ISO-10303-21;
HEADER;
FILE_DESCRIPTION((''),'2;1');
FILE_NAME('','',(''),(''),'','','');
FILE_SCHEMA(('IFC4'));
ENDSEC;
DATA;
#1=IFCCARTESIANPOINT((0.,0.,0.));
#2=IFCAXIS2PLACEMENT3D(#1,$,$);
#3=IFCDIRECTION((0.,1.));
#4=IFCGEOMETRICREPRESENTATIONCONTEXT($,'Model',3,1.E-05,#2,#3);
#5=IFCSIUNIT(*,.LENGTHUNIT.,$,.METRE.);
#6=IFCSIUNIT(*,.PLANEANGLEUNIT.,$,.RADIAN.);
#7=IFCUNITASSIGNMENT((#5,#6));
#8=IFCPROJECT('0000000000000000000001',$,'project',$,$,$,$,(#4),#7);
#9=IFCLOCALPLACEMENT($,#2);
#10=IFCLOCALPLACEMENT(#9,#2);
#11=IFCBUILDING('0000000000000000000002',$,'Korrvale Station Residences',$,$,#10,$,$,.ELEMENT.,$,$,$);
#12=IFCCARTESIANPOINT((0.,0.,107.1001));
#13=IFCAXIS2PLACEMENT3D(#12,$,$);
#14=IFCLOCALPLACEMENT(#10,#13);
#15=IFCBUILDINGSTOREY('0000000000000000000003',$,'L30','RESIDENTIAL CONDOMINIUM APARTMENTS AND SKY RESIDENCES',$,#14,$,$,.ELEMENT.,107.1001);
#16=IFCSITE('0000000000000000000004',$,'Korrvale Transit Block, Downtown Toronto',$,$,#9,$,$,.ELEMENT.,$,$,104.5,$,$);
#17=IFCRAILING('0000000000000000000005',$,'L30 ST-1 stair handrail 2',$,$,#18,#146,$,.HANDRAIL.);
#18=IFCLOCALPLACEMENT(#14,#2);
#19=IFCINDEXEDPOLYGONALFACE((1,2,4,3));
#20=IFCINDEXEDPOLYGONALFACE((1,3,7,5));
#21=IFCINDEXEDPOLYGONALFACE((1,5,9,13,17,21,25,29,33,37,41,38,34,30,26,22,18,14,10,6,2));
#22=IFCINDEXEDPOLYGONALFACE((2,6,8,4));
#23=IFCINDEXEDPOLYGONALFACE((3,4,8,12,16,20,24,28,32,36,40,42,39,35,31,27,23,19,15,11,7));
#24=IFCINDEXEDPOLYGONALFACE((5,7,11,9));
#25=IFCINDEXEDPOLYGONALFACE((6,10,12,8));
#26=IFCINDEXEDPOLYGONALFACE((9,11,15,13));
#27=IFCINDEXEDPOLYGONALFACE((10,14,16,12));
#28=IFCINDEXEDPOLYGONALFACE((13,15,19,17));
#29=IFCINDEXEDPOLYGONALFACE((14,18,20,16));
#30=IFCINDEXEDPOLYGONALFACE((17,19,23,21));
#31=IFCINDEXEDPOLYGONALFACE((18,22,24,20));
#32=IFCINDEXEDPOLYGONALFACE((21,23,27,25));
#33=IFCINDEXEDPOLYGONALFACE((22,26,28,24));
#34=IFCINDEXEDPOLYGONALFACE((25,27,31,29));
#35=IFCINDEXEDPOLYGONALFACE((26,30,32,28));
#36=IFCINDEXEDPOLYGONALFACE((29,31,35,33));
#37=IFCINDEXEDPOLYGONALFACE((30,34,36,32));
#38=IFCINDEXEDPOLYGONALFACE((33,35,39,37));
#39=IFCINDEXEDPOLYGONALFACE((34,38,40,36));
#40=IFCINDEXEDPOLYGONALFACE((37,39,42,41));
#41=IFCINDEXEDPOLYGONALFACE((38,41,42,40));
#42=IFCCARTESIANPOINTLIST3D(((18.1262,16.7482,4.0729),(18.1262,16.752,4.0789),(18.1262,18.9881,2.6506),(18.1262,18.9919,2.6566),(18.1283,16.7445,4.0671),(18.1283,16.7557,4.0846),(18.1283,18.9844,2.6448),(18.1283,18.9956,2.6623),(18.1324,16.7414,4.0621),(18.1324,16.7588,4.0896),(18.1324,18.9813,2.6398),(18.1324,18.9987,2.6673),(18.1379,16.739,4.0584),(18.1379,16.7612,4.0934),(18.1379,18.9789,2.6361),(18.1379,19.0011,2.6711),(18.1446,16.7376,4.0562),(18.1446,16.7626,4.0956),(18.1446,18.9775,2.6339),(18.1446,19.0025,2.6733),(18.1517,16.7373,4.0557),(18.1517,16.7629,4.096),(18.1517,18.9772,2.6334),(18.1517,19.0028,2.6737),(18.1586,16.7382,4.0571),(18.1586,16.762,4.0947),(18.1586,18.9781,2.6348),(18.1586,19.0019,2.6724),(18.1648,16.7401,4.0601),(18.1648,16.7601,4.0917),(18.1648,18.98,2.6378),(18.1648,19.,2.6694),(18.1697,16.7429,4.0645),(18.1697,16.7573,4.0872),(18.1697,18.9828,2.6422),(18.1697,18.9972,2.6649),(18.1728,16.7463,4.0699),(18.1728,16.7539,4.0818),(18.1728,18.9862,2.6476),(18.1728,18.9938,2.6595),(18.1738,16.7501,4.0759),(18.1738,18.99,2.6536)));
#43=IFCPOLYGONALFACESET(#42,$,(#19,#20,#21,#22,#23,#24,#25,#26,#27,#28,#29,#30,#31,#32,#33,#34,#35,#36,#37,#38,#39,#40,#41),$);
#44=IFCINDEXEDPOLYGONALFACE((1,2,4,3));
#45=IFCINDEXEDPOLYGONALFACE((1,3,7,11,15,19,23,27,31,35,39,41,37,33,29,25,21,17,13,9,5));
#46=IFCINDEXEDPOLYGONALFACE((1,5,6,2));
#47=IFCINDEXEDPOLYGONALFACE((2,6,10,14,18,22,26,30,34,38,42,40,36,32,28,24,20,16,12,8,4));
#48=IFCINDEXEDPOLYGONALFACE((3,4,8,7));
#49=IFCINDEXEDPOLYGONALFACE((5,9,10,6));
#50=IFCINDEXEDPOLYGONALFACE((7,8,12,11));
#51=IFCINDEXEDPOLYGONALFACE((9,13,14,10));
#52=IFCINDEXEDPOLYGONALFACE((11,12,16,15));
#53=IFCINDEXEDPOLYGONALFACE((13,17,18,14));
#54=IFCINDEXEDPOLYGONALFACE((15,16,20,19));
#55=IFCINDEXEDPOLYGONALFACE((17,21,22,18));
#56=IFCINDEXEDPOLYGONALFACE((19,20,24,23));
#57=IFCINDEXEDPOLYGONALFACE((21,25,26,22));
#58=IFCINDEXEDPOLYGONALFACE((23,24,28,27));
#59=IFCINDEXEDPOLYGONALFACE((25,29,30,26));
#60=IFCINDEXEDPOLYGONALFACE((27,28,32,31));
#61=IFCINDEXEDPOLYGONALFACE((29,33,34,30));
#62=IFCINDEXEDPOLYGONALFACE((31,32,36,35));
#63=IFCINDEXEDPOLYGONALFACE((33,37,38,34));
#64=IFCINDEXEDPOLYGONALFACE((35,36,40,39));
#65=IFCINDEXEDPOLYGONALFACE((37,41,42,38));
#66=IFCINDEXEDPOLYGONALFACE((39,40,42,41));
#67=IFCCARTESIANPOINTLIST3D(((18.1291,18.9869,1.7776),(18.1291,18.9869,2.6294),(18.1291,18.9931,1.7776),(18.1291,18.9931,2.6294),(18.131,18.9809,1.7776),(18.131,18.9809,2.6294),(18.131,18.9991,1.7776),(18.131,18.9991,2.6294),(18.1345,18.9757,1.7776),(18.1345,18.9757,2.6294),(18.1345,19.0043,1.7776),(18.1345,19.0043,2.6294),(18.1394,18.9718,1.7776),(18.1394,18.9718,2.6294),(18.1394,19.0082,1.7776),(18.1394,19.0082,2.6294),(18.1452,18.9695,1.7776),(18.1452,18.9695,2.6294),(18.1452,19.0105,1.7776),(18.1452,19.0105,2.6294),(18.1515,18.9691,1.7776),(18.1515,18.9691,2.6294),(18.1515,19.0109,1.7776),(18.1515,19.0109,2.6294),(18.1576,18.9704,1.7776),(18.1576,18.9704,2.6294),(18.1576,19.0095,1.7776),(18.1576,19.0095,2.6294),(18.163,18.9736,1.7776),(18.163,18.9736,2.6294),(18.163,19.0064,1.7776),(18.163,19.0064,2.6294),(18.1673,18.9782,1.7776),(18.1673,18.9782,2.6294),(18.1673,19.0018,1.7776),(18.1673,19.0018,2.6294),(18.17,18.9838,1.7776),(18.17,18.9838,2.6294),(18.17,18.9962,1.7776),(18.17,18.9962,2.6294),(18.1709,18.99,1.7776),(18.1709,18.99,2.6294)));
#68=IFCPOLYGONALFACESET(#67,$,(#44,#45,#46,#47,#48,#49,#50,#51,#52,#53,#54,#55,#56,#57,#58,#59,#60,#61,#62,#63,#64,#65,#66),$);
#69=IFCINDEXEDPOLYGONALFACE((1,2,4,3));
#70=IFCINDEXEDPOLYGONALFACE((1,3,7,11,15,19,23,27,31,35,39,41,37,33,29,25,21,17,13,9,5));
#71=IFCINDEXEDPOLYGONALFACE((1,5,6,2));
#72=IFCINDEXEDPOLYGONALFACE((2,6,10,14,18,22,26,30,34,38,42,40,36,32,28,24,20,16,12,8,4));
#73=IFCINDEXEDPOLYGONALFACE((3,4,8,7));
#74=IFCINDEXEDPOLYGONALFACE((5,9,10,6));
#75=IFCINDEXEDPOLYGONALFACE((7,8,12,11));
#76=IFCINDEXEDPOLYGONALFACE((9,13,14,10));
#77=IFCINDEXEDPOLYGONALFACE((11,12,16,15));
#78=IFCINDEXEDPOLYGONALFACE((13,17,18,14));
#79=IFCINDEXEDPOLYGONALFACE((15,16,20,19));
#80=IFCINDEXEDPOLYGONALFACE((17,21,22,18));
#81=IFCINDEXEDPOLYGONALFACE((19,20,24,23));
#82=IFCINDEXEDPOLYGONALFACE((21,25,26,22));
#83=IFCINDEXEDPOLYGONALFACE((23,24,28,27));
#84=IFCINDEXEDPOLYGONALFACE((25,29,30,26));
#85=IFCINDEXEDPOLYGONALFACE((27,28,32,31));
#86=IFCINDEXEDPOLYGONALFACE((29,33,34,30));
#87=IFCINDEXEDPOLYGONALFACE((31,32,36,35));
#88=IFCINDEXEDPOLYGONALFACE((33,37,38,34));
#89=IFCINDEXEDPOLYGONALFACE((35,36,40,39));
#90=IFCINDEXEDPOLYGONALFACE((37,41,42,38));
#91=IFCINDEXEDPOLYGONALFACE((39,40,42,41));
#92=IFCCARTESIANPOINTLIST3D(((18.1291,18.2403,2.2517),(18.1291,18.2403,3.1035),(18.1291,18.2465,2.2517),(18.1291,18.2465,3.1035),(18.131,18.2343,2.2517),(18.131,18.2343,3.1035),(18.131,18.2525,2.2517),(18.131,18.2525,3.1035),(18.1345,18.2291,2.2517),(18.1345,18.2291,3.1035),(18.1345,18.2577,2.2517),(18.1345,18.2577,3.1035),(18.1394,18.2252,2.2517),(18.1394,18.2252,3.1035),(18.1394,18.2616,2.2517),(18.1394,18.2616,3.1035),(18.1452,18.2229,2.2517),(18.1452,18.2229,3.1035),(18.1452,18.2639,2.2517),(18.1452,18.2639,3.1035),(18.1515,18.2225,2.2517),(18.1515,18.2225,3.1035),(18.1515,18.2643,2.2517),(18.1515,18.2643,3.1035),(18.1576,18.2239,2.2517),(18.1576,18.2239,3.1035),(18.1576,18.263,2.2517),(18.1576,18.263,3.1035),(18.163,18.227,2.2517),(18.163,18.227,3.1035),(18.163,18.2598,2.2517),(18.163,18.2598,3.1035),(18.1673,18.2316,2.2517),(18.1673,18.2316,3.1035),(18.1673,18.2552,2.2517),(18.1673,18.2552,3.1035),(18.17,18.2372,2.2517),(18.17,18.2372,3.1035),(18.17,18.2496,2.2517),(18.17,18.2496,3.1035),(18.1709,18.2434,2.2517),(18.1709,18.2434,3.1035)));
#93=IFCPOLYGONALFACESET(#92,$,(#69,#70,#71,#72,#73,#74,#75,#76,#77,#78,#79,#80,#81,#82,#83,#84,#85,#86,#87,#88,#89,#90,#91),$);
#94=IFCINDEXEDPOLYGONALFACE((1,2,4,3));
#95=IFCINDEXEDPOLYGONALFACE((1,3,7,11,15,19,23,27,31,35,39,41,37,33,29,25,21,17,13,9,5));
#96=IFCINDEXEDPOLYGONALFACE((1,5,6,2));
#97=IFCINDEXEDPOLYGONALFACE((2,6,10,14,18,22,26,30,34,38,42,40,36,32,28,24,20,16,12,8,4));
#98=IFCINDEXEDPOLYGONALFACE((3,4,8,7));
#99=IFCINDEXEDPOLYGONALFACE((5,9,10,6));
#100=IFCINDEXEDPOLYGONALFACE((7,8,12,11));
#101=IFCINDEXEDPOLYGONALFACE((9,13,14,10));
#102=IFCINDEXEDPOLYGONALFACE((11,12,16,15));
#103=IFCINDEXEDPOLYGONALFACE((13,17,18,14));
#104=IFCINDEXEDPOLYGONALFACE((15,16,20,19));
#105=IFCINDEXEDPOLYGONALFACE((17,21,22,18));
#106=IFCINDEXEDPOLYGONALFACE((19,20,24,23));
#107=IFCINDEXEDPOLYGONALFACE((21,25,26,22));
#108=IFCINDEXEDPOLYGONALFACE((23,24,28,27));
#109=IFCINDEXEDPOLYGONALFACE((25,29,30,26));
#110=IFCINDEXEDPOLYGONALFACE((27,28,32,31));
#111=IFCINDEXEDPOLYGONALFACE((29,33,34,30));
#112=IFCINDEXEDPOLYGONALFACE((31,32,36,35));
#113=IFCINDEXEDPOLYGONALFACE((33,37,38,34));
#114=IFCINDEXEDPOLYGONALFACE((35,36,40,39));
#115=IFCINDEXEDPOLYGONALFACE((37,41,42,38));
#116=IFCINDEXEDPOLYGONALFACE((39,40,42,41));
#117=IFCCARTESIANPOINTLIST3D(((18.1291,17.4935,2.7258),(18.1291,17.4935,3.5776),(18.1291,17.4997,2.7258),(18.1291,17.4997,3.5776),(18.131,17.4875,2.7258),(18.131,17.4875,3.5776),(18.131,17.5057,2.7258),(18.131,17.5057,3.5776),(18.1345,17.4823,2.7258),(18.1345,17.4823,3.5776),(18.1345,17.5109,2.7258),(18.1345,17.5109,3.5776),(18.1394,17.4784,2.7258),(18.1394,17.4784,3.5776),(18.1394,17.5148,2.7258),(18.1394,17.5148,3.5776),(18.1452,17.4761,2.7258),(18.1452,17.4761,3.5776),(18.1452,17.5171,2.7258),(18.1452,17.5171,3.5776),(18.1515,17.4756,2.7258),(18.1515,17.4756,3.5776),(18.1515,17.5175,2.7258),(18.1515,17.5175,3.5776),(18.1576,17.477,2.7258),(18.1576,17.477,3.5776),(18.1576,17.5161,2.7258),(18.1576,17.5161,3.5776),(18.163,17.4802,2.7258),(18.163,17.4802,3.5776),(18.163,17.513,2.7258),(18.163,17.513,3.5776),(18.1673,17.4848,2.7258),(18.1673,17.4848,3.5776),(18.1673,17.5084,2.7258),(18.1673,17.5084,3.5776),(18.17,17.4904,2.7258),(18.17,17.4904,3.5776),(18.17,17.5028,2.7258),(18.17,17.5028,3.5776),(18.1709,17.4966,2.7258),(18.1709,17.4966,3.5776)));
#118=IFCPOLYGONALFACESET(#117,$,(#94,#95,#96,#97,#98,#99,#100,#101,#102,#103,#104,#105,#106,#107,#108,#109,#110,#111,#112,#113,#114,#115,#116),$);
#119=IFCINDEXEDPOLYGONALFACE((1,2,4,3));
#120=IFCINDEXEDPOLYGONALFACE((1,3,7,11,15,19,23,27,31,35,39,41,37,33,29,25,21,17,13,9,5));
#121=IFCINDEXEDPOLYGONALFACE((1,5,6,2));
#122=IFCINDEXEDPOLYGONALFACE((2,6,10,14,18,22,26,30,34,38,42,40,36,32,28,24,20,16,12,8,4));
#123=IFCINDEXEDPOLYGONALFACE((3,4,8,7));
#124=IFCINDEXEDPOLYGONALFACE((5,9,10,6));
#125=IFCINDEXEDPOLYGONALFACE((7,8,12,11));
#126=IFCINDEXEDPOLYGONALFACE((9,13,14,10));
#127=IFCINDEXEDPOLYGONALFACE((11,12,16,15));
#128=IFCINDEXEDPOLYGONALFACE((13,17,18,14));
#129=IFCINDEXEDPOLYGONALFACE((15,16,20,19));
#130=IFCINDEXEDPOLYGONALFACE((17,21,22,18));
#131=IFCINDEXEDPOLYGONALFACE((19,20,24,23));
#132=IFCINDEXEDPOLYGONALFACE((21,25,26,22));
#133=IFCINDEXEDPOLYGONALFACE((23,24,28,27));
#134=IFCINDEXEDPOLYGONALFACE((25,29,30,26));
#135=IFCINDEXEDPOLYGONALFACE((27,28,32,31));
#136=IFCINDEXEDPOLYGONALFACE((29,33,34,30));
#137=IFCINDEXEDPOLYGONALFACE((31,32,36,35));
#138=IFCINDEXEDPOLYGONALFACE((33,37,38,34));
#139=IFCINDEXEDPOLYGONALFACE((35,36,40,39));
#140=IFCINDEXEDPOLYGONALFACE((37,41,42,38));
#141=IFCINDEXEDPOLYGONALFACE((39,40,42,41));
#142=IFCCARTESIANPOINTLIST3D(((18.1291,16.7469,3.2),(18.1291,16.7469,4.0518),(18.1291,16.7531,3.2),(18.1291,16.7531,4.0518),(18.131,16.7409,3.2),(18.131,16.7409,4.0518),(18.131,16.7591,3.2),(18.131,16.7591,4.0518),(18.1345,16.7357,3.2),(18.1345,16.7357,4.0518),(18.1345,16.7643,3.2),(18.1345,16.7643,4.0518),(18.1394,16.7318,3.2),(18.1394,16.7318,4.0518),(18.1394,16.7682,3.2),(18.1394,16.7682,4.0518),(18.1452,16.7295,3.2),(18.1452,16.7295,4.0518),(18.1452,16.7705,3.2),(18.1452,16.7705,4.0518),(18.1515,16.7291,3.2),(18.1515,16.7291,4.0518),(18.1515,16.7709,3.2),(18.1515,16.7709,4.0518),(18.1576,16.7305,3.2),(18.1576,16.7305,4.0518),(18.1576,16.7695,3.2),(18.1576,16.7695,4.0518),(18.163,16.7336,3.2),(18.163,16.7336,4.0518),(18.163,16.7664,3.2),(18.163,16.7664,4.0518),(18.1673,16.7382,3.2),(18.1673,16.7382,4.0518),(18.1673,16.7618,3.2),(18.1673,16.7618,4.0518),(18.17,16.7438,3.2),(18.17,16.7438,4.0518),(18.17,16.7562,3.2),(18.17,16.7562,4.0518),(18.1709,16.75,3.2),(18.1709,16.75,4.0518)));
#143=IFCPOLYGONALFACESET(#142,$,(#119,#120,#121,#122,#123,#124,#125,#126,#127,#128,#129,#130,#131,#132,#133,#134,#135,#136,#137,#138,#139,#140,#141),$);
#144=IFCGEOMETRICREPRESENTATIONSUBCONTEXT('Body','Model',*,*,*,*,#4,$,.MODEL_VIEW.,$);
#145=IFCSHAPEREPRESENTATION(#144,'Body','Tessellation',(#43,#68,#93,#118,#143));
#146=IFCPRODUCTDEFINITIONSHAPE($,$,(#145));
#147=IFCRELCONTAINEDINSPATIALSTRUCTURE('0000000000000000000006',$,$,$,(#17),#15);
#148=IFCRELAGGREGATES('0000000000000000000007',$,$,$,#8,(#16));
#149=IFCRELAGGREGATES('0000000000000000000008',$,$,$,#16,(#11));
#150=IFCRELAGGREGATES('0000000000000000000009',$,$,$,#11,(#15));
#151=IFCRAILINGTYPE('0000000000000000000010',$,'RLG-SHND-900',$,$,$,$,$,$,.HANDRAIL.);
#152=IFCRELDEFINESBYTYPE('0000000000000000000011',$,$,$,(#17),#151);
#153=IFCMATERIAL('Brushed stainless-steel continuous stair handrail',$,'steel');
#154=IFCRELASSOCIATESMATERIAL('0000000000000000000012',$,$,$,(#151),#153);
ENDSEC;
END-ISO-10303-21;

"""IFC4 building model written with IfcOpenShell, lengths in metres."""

from ifc_helpers import new_model, si_unit, direction, frame, origin, origin_2d, place, context, subcontext, project, spatial, circle, extrude, material, type_object, element, save


model = new_model("IFC4")

# Units and contexts
model_context = context("Model", 3, precision=1e-05, world=origin(), true_north=direction((0.0, 1.0)))
body_context = subcontext(model_context, "Body", "Model", "MODEL_VIEW")
ifc_project = project(units=[si_unit("LENGTHUNIT", "METRE"), si_unit("PLANEANGLEUNIT", "RADIAN")], contexts=[model_context])

# Site, building, storey
site_placement = place(None, origin())
site = spatial("IfcSite", under=ifc_project, at=site_placement, Name="Korrvale Transit Block, Downtown Toronto", CompositionType="ELEMENT", RefElevation=104.5)
building_placement = place(site_placement, origin())
building = spatial("IfcBuilding", under=site, at=building_placement, Name="Korrvale Station Residences", CompositionType="ELEMENT")
storey_placement = place(building_placement, frame((0.0, 0.0, 107.1001)))
storey = spatial("IfcBuildingStorey", under=building, at=storey_placement, Name="L30", Description="RESIDENTIAL CONDOMINIUM APARTMENTS AND SKY RESIDENCES", CompositionType="ELEMENT", Elevation=107.1001)

# Railing
ifc_material_1 = material(Name="Brushed stainless-steel continuous stair handrail", Category="steel")
railing_type_1 = type_object("IfcRailingType", Name="RLG-SHND-900", PredefinedType="HANDRAIL", material=ifc_material_1)
railing_1_placement = place(storey_placement, frame((18.1499, 18.99, 1.7776)))
element("IfcRailing", 1, at=railing_1_placement, inside=storey, type_object=railing_type_1, Name="L30 ST-1 stair handrail 2", PredefinedType="HANDRAIL", context=body_context, shape_type="SweptSolid", body=[
    extrude(circle(Radius=0.0239, at=origin_2d()), frame((0.0, 0.0, 0.876), z_axis=(0.0, -0.844188, 0.536048), x_axis=(1.0, 0.0, 0.0)), (0.0, 0.0, 1.0), 2.6533),
    extrude(circle(Radius=0.021, at=origin_2d()), origin(), (0.0, 0.0, 1.0), 0.8518),
    extrude(circle(Radius=0.021, at=origin_2d()), frame((0.0, -0.7466, 0.4741)), (0.0, 0.0, 1.0), 0.8518),
    extrude(circle(Radius=0.021, at=origin_2d()), frame((0.0, -1.4934, 0.9482)), (0.0, 0.0, 1.0), 0.8518),
    extrude(circle(Radius=0.021, at=origin_2d()), frame((0.0, -2.24, 1.4224)), (0.0, 0.0, 1.0), 0.8518),
])

save(model, "model.ifc")
